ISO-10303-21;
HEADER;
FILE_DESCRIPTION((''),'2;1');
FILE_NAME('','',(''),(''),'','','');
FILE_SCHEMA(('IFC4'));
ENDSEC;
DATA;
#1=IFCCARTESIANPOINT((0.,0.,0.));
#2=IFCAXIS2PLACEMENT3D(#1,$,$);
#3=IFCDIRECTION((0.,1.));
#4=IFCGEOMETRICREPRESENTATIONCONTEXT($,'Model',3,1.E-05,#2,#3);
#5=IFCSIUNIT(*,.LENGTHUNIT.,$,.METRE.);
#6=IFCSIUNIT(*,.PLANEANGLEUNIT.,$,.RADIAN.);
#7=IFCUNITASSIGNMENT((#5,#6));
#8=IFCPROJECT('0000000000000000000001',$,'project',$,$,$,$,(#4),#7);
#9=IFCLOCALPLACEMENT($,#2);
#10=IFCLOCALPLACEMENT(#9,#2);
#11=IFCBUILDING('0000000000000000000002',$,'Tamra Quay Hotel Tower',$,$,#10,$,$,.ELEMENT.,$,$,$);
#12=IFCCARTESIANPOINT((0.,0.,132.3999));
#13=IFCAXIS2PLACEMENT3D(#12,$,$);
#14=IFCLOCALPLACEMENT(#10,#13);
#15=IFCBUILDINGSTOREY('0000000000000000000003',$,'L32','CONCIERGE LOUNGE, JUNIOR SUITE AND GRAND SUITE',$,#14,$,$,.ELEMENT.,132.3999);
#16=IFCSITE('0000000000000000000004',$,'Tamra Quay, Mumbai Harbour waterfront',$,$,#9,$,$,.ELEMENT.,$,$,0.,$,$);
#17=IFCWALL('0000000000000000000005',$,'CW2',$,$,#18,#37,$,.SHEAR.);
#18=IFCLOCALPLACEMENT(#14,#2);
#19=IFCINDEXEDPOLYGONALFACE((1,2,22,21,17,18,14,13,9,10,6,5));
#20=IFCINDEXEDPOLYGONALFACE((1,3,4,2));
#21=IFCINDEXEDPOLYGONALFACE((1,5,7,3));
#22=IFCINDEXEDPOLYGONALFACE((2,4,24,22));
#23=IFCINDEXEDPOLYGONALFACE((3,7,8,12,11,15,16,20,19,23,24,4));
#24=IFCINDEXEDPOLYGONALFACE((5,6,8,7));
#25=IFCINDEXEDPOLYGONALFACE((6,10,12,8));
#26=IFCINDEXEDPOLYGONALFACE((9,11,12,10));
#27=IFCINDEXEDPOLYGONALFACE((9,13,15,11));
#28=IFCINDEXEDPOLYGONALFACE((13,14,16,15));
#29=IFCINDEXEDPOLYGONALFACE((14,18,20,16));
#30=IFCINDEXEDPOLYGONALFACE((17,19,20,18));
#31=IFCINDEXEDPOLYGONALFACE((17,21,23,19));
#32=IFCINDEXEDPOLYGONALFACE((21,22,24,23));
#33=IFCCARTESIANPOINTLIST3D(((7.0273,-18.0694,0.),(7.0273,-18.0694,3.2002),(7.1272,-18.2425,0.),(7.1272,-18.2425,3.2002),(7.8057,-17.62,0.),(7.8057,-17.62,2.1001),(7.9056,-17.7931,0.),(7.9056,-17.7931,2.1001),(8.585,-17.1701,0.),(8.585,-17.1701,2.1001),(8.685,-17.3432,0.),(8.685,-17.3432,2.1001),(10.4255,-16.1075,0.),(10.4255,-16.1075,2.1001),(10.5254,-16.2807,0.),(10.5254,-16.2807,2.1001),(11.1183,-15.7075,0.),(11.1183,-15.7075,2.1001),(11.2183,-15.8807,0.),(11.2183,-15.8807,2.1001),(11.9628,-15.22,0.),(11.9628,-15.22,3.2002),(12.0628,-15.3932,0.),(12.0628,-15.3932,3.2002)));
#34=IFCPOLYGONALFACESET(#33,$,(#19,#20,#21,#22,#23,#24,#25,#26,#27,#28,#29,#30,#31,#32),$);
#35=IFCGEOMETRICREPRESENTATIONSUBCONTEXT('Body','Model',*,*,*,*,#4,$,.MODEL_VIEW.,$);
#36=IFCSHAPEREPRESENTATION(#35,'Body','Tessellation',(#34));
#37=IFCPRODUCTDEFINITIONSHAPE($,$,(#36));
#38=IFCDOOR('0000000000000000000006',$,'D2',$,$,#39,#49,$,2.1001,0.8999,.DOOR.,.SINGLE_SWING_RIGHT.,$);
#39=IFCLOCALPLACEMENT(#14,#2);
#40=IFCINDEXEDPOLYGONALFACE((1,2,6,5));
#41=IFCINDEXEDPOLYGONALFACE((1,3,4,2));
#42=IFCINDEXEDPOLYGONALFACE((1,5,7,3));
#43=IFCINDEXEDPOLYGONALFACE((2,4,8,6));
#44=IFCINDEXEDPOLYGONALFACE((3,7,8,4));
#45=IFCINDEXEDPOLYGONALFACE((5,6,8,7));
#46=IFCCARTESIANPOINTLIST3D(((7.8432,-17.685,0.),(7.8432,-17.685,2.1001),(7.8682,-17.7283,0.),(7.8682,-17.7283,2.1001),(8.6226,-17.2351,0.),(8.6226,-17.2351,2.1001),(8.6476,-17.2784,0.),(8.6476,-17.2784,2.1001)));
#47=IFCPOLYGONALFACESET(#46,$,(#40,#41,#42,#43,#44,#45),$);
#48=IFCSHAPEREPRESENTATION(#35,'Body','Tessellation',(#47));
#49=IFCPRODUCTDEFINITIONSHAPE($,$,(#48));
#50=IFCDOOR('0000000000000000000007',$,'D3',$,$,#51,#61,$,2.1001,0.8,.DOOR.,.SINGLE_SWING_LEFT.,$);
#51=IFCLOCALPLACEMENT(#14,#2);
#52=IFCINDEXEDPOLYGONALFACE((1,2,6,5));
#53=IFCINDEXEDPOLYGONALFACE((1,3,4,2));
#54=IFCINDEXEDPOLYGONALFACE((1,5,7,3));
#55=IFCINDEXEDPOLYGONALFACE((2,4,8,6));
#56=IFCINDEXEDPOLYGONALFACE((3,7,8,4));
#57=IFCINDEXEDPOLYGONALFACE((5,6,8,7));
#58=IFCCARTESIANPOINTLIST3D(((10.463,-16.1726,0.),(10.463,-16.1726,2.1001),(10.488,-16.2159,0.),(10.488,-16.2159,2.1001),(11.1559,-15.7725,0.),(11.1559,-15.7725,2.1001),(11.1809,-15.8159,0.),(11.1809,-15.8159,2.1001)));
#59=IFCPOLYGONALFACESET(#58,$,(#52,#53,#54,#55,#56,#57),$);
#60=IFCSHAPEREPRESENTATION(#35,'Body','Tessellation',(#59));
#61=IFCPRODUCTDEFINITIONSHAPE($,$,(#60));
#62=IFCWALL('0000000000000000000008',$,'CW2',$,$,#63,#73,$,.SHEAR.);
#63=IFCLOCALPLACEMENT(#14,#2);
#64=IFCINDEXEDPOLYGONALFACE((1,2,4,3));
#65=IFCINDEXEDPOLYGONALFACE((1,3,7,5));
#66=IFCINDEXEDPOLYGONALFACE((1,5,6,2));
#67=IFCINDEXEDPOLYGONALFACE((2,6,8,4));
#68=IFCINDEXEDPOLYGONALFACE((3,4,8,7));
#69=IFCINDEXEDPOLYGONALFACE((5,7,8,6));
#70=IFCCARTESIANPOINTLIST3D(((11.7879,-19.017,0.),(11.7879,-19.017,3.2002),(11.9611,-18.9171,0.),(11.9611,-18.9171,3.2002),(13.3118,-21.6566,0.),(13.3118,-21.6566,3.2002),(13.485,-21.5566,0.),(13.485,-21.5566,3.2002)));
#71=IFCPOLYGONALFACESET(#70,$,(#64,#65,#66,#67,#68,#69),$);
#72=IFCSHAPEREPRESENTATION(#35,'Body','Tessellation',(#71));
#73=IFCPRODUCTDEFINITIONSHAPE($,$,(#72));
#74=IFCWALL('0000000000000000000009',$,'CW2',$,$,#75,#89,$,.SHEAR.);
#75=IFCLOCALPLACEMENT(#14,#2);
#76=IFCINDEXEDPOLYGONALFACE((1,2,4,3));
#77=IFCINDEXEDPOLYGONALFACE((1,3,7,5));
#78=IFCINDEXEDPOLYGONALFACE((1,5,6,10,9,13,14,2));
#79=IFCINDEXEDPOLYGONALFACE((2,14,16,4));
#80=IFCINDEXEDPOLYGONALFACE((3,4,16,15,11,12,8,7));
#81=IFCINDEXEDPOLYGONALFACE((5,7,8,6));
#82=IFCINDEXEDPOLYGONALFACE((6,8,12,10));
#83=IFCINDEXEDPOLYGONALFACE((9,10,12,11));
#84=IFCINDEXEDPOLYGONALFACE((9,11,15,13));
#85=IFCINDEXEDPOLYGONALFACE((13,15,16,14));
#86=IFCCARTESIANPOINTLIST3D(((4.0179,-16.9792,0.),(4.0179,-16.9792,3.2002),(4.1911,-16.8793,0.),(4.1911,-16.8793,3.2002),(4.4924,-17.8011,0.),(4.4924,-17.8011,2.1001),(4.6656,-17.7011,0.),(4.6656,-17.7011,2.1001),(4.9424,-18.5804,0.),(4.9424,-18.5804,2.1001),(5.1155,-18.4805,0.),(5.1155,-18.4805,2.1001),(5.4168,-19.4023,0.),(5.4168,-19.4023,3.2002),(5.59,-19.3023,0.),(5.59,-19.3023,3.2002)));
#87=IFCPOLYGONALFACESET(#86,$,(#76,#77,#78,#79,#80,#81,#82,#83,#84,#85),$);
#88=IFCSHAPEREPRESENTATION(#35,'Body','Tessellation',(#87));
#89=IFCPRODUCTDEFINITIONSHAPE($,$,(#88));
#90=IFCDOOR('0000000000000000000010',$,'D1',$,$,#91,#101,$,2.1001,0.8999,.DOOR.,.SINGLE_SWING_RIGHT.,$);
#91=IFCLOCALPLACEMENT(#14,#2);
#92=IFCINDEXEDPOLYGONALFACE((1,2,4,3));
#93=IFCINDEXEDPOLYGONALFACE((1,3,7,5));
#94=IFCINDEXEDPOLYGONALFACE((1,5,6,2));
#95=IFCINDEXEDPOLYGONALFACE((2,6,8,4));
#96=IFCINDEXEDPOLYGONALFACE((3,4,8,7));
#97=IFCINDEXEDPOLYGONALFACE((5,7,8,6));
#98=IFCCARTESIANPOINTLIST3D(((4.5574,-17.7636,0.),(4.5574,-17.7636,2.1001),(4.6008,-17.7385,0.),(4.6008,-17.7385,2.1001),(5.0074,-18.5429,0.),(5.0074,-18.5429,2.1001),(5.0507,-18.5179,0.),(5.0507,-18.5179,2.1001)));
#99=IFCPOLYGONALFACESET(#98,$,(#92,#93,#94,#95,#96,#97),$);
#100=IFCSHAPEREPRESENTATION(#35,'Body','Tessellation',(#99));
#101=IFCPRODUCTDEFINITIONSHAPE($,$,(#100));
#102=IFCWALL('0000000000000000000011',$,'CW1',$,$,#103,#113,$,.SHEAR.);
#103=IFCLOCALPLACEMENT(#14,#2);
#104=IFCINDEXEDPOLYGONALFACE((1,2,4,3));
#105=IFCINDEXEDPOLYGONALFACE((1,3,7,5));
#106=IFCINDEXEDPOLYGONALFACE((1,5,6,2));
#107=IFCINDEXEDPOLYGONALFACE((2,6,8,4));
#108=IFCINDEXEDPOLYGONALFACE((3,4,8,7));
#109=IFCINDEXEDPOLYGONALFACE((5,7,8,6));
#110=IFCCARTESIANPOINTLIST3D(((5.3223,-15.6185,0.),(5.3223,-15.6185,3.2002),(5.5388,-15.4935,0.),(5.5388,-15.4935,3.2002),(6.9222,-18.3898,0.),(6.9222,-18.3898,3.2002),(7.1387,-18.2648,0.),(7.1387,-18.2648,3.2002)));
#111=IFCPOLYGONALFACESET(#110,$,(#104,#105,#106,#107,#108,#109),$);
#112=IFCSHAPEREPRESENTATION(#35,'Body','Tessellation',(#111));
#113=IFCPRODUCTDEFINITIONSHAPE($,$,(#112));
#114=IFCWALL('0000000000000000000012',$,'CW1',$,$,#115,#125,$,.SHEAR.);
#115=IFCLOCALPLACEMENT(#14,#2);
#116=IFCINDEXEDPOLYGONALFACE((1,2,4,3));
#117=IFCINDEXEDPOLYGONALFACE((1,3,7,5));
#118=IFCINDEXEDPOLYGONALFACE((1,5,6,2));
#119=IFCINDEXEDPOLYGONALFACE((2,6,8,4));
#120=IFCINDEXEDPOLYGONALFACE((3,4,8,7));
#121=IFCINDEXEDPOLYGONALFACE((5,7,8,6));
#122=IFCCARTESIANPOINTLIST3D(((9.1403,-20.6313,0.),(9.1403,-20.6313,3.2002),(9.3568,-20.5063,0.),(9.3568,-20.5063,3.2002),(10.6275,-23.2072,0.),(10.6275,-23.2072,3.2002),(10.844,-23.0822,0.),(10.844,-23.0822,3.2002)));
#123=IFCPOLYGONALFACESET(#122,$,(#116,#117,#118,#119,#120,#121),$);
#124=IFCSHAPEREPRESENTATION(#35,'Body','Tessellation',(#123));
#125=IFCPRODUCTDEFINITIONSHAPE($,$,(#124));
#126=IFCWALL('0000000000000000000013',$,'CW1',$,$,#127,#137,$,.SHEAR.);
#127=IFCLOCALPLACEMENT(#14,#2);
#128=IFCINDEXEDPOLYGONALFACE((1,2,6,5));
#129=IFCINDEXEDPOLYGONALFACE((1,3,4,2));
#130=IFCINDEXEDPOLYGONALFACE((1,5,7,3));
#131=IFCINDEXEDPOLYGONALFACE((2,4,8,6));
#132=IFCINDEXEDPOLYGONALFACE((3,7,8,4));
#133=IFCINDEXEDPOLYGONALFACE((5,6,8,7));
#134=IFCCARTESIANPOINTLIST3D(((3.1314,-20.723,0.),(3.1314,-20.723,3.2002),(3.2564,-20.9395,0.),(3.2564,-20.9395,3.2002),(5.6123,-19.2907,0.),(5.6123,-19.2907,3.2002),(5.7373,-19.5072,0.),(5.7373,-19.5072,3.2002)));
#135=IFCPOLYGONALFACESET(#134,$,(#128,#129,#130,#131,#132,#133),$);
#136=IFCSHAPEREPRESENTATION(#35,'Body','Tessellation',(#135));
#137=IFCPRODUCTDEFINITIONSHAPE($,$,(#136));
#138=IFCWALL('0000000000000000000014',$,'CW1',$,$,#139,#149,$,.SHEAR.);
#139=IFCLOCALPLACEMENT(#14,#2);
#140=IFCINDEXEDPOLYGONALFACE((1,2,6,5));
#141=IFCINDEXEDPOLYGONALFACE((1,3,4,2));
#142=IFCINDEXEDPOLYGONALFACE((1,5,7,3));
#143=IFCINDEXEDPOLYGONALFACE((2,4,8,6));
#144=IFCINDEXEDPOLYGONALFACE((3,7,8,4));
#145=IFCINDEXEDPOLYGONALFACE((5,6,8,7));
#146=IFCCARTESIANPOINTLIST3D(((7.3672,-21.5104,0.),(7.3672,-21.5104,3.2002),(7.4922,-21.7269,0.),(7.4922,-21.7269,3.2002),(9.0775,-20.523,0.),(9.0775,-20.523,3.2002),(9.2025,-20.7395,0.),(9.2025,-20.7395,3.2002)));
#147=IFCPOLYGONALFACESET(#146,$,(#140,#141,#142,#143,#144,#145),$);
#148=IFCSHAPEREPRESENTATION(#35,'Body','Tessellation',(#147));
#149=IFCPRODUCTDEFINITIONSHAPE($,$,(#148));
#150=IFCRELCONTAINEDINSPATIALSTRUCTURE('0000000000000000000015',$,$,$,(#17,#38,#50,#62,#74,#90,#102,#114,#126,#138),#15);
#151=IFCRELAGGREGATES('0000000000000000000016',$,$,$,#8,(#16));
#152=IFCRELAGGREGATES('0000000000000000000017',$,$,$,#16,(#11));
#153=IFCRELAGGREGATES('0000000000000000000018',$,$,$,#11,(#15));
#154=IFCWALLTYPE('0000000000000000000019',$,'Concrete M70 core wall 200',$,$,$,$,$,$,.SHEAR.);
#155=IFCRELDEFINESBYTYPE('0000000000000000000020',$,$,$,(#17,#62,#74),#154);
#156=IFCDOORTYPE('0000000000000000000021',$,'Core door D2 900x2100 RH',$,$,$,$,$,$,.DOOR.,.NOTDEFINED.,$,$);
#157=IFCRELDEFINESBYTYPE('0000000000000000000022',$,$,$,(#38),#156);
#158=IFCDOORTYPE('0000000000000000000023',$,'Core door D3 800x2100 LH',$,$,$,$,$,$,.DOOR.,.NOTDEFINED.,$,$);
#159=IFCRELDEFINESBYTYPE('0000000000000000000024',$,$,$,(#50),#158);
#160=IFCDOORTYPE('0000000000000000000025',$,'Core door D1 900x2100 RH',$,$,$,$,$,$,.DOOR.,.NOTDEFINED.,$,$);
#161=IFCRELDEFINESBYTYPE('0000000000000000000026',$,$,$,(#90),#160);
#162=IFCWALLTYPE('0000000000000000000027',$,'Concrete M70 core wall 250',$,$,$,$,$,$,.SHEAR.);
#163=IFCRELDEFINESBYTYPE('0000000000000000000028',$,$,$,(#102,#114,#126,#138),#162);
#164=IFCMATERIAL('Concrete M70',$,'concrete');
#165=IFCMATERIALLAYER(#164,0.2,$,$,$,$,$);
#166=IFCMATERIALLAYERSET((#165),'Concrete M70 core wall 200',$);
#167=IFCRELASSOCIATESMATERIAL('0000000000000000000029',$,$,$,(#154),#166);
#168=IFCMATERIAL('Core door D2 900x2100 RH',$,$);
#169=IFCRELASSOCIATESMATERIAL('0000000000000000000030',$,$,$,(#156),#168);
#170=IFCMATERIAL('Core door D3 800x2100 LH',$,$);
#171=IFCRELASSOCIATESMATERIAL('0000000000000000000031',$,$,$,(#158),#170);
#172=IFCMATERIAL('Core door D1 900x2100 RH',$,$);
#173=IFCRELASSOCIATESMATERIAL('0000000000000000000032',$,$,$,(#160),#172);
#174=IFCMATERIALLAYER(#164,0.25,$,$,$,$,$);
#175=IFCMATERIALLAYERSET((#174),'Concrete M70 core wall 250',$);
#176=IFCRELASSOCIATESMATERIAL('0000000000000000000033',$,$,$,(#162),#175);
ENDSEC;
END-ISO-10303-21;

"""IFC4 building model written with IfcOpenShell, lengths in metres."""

from ifc_helpers import new_model, si_unit, direction, frame, frame_2d, origin, place, context, subcontext, project, spatial, rectangle, extrude, material, layer, layer_set, type_object, element, fill, save


model = new_model("IFC4")

# Units and contexts
model_context = context("Model", 3, precision=1e-05, world=origin(), true_north=direction((0.0, 1.0)))
body_context = subcontext(model_context, "Body", "Model", "MODEL_VIEW")
ifc_project = project(units=[si_unit("LENGTHUNIT", "METRE"), si_unit("PLANEANGLEUNIT", "RADIAN")], contexts=[model_context])

# Site, building, storey
site_placement = place(None, origin())
site = spatial("IfcSite", under=ifc_project, at=site_placement, Name="Tamra Quay, Mumbai Harbour waterfront", CompositionType="ELEMENT", RefElevation=0.0)
building_placement = place(site_placement, origin())
building = spatial("IfcBuilding", under=site, at=building_placement, Name="Tamra Quay Hotel Tower", CompositionType="ELEMENT")
storey_placement = place(building_placement, frame((0.0, 0.0, 132.3999)))
storey = spatial("IfcBuildingStorey", under=building, at=storey_placement, Name="L32", Description="CONCIERGE LOUNGE, JUNIOR SUITE AND GRAND SUITE", CompositionType="ELEMENT", Elevation=132.3999)

# Shared definitions
ifc_material_1 = material(Name="Concrete M70", Category="concrete")

# Wall, openings, doors
ifc_layer_1 = layer(ifc_material_1, 0.2)
ifc_layer_set_1 = layer_set([ifc_layer_1], Name="Concrete M70 core wall 200")
wall_type_1 = type_object("IfcWallType", Name="Concrete M70 core wall 200", PredefinedType="SHEAR", material=ifc_layer_set_1)
wall_1_placement = place(storey_placement, frame((7.0771, -18.156, 0.0), z_axis=(0.0, 0.0, 1.0), x_axis=(0.866039, 0.499977, 0.0)))
wall_1 = element("IfcWall", 1, at=wall_1_placement, inside=storey, type_object=wall_type_1, Name="CW2", PredefinedType="SHEAR", context=body_context, shape_type="SweptSolid", body=[
    extrude(rectangle(XDim=5.699, YDim=0.2, at=frame_2d((2.8496, 0.0))), origin(), (0.0, 0.0, 1.0), 3.2002),
])
opening_1_placement = place(wall_1_placement, frame((0.8989, 0.0, 0.0)))
opening_1 = element("IfcOpeningElement", 2, at=opening_1_placement, cuts=wall_1, PredefinedType="OPENING", context=body_context, shape_type="SweptSolid", body=[
    extrude(rectangle(XDim=0.8999, YDim=2.1001, at=frame_2d((0.45, 1.05))), frame((0.0, 0.1099, 0.0), z_axis=(0.0, -1.0, 0.0), x_axis=(1.0, 0.0, 0.0)), (0.0, 0.0, 1.0), 0.22),
])
opening_2_placement = place(wall_1_placement, frame((3.9241, 0.0, 0.0)))
opening_2 = element("IfcOpeningElement", 3, at=opening_2_placement, cuts=wall_1, PredefinedType="OPENING", context=body_context, shape_type="SweptSolid", body=[
    extrude(rectangle(XDim=0.8, YDim=2.1001, at=frame_2d((0.3999, 1.05))), frame((0.0, 0.1099, 0.0), z_axis=(0.0, -1.0, 0.0), x_axis=(1.0, 0.0, 0.0)), (0.0, 0.0, 1.0), 0.22),
])
ifc_material_2 = material(Name="Core door D2 900x2100 RH")
door_type_1 = type_object("IfcDoorType", Name="Core door D2 900x2100 RH", OperationType="NOTDEFINED", PredefinedType="DOOR", material=ifc_material_2)
door_1_placement = place(opening_1_placement, origin())
door_1 = element("IfcDoor", 4, at=door_1_placement, inside=storey, type_object=door_type_1, Name="D2", OperationType="SINGLE_SWING_RIGHT", OverallHeight=2.1001, OverallWidth=0.8999, PredefinedType="DOOR", context=body_context, shape_type="SweptSolid", body=[
    extrude(rectangle(XDim=0.8999, YDim=2.1001, at=frame_2d((0.45, 1.05))), frame((0.0, 0.0249, 0.0), z_axis=(0.0, -1.0, 0.0), x_axis=(1.0, 0.0, 0.0)), (0.0, 0.0, 1.0), 0.05),
])
fill(opening_1, door_1)
ifc_material_3 = material(Name="Core door D3 800x2100 LH")
door_type_2 = type_object("IfcDoorType", Name="Core door D3 800x2100 LH", OperationType="NOTDEFINED", PredefinedType="DOOR", material=ifc_material_3)
door_2_placement = place(opening_2_placement, origin())
door_2 = element("IfcDoor", 5, at=door_2_placement, inside=storey, type_object=door_type_2, Name="D3", OperationType="SINGLE_SWING_LEFT", OverallHeight=2.1001, OverallWidth=0.8, PredefinedType="DOOR", context=body_context, shape_type="SweptSolid", body=[
    extrude(rectangle(XDim=0.8, YDim=2.1001, at=frame_2d((0.3999, 1.05))), frame((0.0, 0.0249, 0.0), z_axis=(0.0, -1.0, 0.0), x_axis=(1.0, 0.0, 0.0)), (0.0, 0.0, 1.0), 0.05),
])
fill(opening_2, door_2)

# Wall
wall_2_placement = place(storey_placement, frame((11.8745, -18.967, 0.0), z_axis=(0.0, 0.0, 1.0), x_axis=(0.499981, -0.866036, 0.0)))
element("IfcWall", 6, at=wall_2_placement, inside=storey, type_object=wall_type_1, Name="CW2", PredefinedType="SHEAR", context=body_context, shape_type="SweptSolid", body=[
    extrude(rectangle(XDim=3.0479, YDim=0.2, at=frame_2d((1.5239, 0.0))), origin(), (0.0, 0.0, 1.0), 3.2002),
])

# Wall, opening, door
wall_3_placement = place(storey_placement, frame((5.5034, -19.3523, 0.0), z_axis=(0.0, 0.0, 1.0), x_axis=(-0.499987, 0.866033, 0.0)))
wall_3 = element("IfcWall", 7, at=wall_3_placement, inside=storey, type_object=wall_type_1, Name="CW2", PredefinedType="SHEAR", context=body_context, shape_type="SweptSolid", body=[
    extrude(rectangle(XDim=2.7979, YDim=0.2, at=frame_2d((1.3989, 0.0))), origin(), (0.0, 0.0, 1.0), 3.2002),
])
opening_3_placement = place(wall_3_placement, frame((0.949, 0.0, 0.0)))
opening_3 = element("IfcOpeningElement", 8, at=opening_3_placement, cuts=wall_3, PredefinedType="OPENING", context=body_context, shape_type="SweptSolid", body=[
    extrude(rectangle(XDim=0.8999, YDim=2.1001, at=frame_2d((0.45, 1.05))), frame((0.0, 0.1099, 0.0), z_axis=(0.0, -1.0, 0.0), x_axis=(1.0, 0.0, 0.0)), (0.0, 0.0, 1.0), 0.22),
])
ifc_material_4 = material(Name="Core door D1 900x2100 RH")
door_type_3 = type_object("IfcDoorType", Name="Core door D1 900x2100 RH", OperationType="NOTDEFINED", PredefinedType="DOOR", material=ifc_material_4)
door_3_placement = place(opening_3_placement, origin())
door_3 = element("IfcDoor", 9, at=door_3_placement, inside=storey, type_object=door_type_3, Name="D1", OperationType="SINGLE_SWING_RIGHT", OverallHeight=2.1001, OverallWidth=0.8999, PredefinedType="DOOR", context=body_context, shape_type="SweptSolid", body=[
    extrude(rectangle(XDim=0.8999, YDim=2.1001, at=frame_2d((0.45, 1.05))), frame((0.0, 0.0249, 0.0), z_axis=(0.0, -1.0, 0.0), x_axis=(1.0, 0.0, 0.0)), (0.0, 0.0, 1.0), 0.05),
])
fill(opening_3, door_3)

# Walls
ifc_layer_2 = layer(ifc_material_1, 0.25)
ifc_layer_set_2 = layer_set([ifc_layer_2], Name="Concrete M70 core wall 250")
wall_type_2 = type_object("IfcWallType", Name="Concrete M70 core wall 250", PredefinedType="SHEAR", material=ifc_layer_set_2)
wall_4_placement = place(storey_placement, frame((7.0305, -18.3274, 0.0), z_axis=(0.0, 0.0, 1.0), x_axis=(-0.499971, 0.866042, 0.0)))
element("IfcWall", 10, at=wall_4_placement, inside=storey, type_object=wall_type_2, Name="CW1", PredefinedType="SHEAR", context=body_context, shape_type="SweptSolid", body=[
    extrude(rectangle(XDim=3.2, YDim=0.25, at=frame_2d((1.6001, 0.0))), origin(), (0.0, 0.0, 1.0), 3.2002),
])
wall_5_placement = place(storey_placement, frame((10.7358, -23.1448, 0.0), z_axis=(0.0, 0.0, 1.0), x_axis=(-0.500023, 0.866012, 0.0)))
element("IfcWall", 11, at=wall_5_placement, inside=storey, type_object=wall_type_2, Name="CW1", PredefinedType="SHEAR", context=body_context, shape_type="SweptSolid", body=[
    extrude(rectangle(XDim=2.9744, YDim=0.25, at=frame_2d((1.4873, 0.0))), origin(), (0.0, 0.0, 1.0), 3.2002),
])
wall_6_placement = place(storey_placement, frame((5.6748, -19.3989, 0.0), z_axis=(0.0, 0.0, 1.0), x_axis=(-0.866027, -0.499998, 0.0)))
element("IfcWall", 12, at=wall_6_placement, inside=storey, type_object=wall_type_2, Name="CW1", PredefinedType="SHEAR", context=body_context, shape_type="SweptSolid", body=[
    extrude(rectangle(XDim=2.8647, YDim=0.25, at=frame_2d((1.4324, 0.0))), origin(), (0.0, 0.0, 1.0), 3.2002),
])
wall_7_placement = place(storey_placement, frame((9.1399, -20.6313, 0.0), z_axis=(0.0, 0.0, 1.0), x_axis=(-0.866044, -0.499969, 0.0)))
element("IfcWall", 13, at=wall_7_placement, inside=storey, type_object=wall_type_2, Name="CW1", PredefinedType="SHEAR", context=body_context, shape_type="SweptSolid", body=[
    extrude(rectangle(XDim=1.9749, YDim=0.25, at=frame_2d((0.9873, 0.0))), origin(), (0.0, 0.0, 1.0), 3.2002),
])

save(model, "model.ifc")
